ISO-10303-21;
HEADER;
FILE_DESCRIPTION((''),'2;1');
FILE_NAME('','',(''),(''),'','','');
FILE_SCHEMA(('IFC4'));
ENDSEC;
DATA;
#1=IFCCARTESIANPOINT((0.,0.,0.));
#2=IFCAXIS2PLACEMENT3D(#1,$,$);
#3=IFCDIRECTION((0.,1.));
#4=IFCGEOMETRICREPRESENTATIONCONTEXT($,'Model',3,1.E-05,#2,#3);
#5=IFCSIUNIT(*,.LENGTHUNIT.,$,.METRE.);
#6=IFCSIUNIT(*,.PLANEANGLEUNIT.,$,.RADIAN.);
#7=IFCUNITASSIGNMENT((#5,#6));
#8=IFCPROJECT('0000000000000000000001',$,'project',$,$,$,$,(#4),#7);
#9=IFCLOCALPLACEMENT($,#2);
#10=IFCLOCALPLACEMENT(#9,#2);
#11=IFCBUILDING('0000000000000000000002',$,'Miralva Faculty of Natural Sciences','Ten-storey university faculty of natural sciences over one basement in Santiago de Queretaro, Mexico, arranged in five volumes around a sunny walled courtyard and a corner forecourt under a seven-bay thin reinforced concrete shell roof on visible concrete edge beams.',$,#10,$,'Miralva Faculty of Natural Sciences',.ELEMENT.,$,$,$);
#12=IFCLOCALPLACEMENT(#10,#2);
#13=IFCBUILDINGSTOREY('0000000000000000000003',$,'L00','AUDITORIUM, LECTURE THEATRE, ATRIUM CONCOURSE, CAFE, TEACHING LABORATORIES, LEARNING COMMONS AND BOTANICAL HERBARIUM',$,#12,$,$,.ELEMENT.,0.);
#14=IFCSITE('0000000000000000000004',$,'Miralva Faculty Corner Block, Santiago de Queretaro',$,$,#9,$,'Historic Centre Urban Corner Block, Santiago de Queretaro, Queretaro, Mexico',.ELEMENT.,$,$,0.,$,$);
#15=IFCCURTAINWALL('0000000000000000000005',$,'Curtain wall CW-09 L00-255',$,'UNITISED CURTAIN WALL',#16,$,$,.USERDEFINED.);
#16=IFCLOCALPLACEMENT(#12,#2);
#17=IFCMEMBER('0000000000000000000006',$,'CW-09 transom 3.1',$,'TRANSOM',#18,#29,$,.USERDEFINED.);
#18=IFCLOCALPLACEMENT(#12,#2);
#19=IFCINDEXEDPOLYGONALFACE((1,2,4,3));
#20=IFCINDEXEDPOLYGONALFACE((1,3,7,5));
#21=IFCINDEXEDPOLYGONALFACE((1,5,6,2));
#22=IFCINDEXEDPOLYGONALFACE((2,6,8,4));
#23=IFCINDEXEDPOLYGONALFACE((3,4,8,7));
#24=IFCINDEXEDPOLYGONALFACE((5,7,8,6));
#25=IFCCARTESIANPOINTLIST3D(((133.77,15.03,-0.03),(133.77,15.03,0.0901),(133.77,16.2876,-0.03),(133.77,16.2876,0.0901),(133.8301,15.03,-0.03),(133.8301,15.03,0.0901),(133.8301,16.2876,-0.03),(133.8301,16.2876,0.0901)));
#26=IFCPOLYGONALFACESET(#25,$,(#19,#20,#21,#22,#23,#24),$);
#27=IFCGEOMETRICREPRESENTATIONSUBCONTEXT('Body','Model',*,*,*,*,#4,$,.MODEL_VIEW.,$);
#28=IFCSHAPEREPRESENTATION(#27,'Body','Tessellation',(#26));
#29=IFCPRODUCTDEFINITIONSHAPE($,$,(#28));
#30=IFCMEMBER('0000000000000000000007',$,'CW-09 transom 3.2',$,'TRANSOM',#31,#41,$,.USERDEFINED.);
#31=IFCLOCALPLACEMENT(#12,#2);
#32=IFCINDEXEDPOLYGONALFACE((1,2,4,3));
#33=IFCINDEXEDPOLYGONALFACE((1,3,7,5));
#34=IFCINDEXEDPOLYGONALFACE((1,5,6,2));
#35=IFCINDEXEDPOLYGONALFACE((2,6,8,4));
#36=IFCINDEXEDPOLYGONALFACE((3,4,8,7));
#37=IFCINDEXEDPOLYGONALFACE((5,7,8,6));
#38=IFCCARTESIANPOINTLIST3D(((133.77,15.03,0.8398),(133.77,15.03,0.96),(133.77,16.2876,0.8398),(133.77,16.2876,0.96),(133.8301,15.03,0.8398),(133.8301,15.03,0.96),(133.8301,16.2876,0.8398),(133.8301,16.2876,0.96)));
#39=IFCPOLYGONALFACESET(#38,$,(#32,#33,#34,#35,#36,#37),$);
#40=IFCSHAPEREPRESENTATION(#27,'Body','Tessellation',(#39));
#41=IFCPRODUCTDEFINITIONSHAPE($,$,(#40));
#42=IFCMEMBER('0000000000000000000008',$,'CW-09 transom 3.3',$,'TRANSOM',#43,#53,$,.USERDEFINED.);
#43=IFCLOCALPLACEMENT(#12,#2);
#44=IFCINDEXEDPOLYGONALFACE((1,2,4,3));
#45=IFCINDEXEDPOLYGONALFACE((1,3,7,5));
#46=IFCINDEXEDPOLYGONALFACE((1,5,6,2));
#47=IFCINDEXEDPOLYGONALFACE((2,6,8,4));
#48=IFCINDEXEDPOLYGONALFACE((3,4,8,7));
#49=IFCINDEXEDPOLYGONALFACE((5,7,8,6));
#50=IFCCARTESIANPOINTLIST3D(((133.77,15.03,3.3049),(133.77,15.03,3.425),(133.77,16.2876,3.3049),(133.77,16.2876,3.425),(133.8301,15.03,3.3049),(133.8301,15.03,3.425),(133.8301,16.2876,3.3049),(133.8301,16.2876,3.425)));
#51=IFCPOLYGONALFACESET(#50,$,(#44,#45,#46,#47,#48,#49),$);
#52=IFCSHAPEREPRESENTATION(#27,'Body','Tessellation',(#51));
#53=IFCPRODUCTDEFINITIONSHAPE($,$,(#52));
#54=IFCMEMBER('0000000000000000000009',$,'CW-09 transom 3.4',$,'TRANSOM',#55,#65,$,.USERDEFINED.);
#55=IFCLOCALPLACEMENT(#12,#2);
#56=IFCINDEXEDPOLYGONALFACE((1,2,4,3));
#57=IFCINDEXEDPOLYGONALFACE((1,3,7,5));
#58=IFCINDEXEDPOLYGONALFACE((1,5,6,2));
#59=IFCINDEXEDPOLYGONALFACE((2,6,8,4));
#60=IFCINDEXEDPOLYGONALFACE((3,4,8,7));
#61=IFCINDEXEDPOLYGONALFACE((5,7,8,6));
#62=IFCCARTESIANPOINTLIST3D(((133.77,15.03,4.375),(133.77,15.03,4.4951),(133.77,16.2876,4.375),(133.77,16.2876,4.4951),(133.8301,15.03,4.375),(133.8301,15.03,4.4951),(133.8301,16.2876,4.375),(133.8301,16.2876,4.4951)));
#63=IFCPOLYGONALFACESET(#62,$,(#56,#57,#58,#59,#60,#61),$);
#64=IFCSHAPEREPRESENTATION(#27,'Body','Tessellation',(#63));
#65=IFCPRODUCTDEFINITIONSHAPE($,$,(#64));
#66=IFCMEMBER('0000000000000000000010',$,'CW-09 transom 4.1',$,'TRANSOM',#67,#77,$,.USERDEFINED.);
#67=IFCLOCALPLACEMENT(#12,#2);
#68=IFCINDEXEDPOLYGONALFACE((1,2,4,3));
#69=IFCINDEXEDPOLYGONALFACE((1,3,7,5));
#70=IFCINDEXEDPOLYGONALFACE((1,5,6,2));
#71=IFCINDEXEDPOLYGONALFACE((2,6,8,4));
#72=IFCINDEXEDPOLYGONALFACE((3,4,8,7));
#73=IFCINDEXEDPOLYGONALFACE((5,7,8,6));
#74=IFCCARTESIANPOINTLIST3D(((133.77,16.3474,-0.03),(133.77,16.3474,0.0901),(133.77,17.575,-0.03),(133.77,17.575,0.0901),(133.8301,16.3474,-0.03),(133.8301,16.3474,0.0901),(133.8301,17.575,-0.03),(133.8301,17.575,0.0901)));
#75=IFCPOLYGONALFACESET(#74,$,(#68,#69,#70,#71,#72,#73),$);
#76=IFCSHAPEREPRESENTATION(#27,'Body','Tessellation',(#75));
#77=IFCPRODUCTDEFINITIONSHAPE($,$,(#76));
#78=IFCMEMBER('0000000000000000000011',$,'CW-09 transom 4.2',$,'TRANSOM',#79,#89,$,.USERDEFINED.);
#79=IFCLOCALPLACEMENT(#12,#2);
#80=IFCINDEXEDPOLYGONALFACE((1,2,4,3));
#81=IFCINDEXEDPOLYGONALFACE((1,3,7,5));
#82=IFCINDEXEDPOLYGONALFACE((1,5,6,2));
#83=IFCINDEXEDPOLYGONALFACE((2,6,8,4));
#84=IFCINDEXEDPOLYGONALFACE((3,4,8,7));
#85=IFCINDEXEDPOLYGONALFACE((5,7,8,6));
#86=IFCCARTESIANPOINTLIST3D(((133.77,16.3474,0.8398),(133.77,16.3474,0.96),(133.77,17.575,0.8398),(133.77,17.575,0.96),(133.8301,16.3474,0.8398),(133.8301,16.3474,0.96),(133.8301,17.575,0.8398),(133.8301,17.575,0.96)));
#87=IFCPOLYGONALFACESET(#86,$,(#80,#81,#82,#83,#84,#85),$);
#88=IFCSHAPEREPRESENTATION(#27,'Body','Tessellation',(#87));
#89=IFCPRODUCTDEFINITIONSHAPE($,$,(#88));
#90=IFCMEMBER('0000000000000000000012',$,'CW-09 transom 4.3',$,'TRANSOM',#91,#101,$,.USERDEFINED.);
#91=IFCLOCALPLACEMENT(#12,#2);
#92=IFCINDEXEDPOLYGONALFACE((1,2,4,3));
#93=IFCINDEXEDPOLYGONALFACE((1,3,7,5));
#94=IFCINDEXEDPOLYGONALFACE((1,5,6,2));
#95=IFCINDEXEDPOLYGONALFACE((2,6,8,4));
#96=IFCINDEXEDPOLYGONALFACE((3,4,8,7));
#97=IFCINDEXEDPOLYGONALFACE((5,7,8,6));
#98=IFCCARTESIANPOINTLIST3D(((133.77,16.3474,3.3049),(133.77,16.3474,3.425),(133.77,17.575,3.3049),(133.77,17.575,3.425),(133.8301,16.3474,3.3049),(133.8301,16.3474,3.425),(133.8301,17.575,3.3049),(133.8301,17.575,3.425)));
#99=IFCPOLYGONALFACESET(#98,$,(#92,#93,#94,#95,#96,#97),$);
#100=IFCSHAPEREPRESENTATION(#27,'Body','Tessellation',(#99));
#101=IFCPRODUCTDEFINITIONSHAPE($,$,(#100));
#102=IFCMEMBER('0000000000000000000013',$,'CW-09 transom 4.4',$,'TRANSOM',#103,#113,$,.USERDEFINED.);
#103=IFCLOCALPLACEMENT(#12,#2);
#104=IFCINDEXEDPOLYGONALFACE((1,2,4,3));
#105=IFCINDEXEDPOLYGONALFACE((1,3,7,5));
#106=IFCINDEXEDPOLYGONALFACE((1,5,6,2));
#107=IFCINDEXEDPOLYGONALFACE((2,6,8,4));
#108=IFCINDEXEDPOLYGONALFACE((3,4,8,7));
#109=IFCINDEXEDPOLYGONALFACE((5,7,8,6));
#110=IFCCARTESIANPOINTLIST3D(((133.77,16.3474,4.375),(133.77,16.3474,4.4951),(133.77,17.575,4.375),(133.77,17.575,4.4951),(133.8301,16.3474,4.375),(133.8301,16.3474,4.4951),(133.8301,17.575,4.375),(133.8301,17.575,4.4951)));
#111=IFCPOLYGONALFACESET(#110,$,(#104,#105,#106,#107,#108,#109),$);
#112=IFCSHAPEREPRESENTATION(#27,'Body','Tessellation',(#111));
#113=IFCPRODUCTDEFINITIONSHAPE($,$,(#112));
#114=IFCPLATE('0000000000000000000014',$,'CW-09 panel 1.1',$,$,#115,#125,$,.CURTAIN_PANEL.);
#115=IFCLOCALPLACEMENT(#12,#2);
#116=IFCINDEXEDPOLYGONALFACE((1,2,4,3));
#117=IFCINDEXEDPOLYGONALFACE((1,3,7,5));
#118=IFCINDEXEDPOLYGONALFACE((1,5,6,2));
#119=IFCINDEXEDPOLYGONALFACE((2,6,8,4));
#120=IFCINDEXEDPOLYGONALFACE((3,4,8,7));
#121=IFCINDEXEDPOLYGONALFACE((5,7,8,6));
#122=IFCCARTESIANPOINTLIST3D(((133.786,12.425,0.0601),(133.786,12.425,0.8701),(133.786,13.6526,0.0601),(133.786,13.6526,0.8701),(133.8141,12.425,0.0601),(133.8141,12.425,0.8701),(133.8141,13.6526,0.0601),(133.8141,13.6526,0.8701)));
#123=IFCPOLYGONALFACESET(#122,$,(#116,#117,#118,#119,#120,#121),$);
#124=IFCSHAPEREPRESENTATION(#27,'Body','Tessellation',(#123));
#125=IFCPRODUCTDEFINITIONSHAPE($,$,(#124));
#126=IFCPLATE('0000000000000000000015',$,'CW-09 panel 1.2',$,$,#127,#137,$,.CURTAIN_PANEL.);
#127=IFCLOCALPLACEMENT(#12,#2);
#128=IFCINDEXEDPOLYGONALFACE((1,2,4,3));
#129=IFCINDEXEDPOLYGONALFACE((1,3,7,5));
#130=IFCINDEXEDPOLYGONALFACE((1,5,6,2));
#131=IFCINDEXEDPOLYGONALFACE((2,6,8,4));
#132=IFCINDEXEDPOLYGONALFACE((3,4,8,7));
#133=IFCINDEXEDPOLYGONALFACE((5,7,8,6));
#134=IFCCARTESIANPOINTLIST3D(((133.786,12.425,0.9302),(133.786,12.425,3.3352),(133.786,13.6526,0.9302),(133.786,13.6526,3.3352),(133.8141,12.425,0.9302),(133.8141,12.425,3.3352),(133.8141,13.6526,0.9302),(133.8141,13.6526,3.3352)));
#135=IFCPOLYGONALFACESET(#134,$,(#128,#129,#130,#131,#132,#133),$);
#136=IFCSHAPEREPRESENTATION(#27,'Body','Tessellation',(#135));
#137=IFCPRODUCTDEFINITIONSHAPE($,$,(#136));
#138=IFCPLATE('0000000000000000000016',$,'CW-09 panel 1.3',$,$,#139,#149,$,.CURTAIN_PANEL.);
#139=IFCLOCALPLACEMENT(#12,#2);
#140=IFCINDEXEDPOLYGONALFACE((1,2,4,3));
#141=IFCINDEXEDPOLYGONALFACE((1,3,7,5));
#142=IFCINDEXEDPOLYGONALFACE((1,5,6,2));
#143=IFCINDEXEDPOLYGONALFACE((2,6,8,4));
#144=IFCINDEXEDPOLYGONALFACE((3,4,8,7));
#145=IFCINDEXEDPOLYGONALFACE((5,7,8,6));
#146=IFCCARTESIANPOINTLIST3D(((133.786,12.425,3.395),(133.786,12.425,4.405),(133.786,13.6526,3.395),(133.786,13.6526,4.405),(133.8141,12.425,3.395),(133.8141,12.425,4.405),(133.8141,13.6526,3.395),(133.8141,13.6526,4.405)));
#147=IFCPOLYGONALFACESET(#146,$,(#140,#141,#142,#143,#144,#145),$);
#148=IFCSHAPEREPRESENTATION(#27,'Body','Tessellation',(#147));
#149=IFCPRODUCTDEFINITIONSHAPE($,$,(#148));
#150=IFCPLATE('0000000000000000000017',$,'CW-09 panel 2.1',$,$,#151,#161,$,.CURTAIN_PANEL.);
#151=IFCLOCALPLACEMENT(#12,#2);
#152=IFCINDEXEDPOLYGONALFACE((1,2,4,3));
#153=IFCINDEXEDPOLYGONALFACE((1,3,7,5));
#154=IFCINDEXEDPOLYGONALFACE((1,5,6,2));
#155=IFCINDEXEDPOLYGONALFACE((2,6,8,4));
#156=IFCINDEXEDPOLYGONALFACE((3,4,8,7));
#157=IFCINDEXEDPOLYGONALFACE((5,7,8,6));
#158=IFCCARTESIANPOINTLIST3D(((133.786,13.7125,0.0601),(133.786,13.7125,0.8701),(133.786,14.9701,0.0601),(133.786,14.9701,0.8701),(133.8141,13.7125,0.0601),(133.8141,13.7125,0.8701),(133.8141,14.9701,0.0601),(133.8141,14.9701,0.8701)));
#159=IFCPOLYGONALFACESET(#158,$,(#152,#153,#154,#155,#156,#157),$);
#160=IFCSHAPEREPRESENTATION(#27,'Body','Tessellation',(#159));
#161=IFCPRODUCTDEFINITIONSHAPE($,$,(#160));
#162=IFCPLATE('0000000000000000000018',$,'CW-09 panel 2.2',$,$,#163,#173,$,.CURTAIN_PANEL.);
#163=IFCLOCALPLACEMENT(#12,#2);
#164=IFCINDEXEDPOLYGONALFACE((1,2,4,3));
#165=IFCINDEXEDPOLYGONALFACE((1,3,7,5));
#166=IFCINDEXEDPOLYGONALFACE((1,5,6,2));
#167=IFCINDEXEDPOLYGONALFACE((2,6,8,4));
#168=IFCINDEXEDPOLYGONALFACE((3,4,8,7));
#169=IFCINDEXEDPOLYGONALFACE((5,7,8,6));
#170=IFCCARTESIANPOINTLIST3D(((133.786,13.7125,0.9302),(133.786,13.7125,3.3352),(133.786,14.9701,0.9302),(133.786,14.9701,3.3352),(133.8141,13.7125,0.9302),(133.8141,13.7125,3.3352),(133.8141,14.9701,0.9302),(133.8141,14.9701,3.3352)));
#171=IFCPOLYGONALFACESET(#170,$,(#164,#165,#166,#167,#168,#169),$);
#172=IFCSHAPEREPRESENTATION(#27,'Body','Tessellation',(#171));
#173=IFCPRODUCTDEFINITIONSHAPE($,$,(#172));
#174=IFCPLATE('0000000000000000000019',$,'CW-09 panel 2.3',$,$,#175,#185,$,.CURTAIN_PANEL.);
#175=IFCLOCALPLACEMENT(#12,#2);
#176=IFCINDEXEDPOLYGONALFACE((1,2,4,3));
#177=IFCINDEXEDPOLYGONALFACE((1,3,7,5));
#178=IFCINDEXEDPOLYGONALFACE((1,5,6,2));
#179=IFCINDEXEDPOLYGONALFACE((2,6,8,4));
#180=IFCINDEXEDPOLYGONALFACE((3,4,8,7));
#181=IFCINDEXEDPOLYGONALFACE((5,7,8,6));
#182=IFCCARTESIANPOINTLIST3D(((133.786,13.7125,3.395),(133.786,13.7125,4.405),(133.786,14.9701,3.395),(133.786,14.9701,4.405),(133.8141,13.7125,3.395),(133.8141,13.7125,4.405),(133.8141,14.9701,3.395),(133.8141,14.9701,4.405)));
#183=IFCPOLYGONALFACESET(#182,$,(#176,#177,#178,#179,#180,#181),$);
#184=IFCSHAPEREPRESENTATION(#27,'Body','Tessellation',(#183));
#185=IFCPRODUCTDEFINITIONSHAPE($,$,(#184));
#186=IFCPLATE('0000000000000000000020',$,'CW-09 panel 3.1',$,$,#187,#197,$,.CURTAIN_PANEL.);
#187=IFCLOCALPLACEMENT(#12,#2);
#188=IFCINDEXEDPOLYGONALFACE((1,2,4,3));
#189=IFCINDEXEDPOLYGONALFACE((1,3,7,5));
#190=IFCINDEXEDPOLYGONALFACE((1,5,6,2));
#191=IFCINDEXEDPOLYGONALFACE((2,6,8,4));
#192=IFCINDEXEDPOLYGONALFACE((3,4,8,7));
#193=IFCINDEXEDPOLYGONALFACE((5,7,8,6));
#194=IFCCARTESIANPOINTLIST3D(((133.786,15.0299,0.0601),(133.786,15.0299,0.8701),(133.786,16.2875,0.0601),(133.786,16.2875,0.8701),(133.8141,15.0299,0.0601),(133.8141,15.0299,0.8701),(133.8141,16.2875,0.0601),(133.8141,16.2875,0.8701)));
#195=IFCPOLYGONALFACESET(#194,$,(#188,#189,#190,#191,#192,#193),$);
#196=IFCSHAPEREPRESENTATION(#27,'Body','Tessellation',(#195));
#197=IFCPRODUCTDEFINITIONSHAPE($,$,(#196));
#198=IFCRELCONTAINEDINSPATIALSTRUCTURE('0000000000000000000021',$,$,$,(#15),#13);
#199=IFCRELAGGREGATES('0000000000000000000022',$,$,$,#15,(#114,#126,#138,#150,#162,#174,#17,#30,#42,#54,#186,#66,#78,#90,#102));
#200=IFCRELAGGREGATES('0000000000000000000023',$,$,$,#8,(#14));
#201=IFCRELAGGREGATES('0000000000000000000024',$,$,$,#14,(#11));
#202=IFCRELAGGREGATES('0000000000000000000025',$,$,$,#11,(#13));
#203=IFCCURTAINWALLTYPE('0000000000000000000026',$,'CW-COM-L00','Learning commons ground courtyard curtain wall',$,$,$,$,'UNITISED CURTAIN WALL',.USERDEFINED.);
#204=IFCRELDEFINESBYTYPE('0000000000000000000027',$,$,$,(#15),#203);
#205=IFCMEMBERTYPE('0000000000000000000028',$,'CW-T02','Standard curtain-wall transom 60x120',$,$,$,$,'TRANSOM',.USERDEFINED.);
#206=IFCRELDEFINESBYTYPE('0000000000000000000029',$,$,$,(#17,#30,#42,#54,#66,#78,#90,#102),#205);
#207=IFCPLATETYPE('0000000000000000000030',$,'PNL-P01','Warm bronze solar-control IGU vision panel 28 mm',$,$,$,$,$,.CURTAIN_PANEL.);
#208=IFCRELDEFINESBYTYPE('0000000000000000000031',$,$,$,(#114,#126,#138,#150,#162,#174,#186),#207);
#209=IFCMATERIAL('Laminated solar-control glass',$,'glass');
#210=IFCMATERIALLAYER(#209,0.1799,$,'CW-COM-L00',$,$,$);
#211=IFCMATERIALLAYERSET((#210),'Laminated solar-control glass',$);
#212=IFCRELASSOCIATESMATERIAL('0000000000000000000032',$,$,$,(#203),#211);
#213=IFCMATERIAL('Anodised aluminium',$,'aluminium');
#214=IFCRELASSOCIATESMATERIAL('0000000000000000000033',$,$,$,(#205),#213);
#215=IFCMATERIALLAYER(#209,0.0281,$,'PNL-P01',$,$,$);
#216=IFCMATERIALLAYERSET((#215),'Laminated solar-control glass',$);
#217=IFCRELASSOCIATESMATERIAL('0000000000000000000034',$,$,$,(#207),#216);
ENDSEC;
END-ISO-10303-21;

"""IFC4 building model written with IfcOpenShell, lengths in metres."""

from ifc_helpers import new_model, si_unit, direction, frame, origin, origin_2d, place, context, subcontext, project, spatial, rectangle, extrude, material, layer, layer_set, material_profile, profile_set, type_object, element, aggregate, save


model = new_model("IFC4")

# Units and contexts
model_context = context("Model", 3, precision=1e-05, world=origin(), true_north=direction((0.0, 1.0)))
body_context = subcontext(model_context, "Body", "Model", "MODEL_VIEW")
ifc_project = project(units=[si_unit("LENGTHUNIT", "METRE"), si_unit("PLANEANGLEUNIT", "RADIAN")], contexts=[model_context])

# Site, building, storey
site_placement = place(None, origin())
site = spatial("IfcSite", under=ifc_project, at=site_placement, Name="Miralva Faculty Corner Block, Santiago de Queretaro", LongName="Historic Centre Urban Corner Block, Santiago de Queretaro, Queretaro, Mexico", CompositionType="ELEMENT", RefElevation=0.0)
building_placement = place(site_placement, origin())
building = spatial("IfcBuilding", under=site, at=building_placement, Name="Miralva Faculty of Natural Sciences", Description="Ten-storey university faculty of natural sciences over one basement in Santiago de Queretaro, Mexico, arranged in five volumes around a sunny walled courtyard and a corner forecourt under a seven-bay thin reinforced concrete shell roof on visible concrete edge beams.", LongName="Miralva Faculty of Natural Sciences", CompositionType="ELEMENT")
storey_placement = place(building_placement, origin())
storey = spatial("IfcBuildingStorey", under=building, at=storey_placement, Name="L00", Description="AUDITORIUM, LECTURE THEATRE, ATRIUM CONCOURSE, CAFE, TEACHING LABORATORIES, LEARNING COMMONS AND BOTANICAL HERBARIUM", CompositionType="ELEMENT", Elevation=0.0)

# Curtain wall, members, plates
ifc_material_1 = material(Name="Laminated solar-control glass", Category="glass")
ifc_layer_1 = layer(ifc_material_1, 0.1799, Name="CW-COM-L00")
ifc_layer_set_1 = layer_set([ifc_layer_1], Name="Laminated solar-control glass")
curtain_wall_type = type_object("IfcCurtainWallType", Name="CW-COM-L00", Description="Learning commons ground courtyard curtain wall", ElementType="UNITISED CURTAIN WALL", PredefinedType="USERDEFINED", material=ifc_layer_set_1)
curtain_wall_placement = place(storey_placement, origin())
curtain_wall = element("IfcCurtainWall", 1, at=curtain_wall_placement, inside=storey, type_object=curtain_wall_type, Name="Curtain wall CW-09 L00-255", ObjectType="UNITISED CURTAIN WALL", PredefinedType="USERDEFINED")
ifc_material_2 = material(Name="Anodised aluminium", Category="aluminium")
ifc_material_profile_1 = material_profile(ifc_material_2, rectangle(XDim=0.0601, YDim=0.1201, at=origin_2d()), Name="TRANSOM 60x120")
ifc_profile_set_1 = profile_set([ifc_material_profile_1], Name="Anodised aluminium")
member_type_1 = type_object("IfcMemberType", Name="CW-T02", Description="Standard curtain-wall transom 60x120", ElementType="TRANSOM", PredefinedType="USERDEFINED", material=ifc_profile_set_1)
member_1_placement = place(storey_placement, frame((133.8, 15.03, 0.03), z_axis=(0.0, 1.0, 0.0), x_axis=(-1.0, 0.0, 0.0)))
member_1 = element("IfcMember", 2, at=member_1_placement, type_object=member_type_1, Name="CW-09 transom 3.1", ObjectType="TRANSOM", PredefinedType="USERDEFINED", context=body_context, shape_type="SweptSolid", body=[
    extrude(rectangle(XDim=0.0601, YDim=0.1201, at=origin_2d()), origin(), (0.0, 0.0, 1.0), 1.2576),
])
member_2_placement = place(storey_placement, frame((133.8, 15.03, 0.8999), z_axis=(0.0, 1.0, 0.0), x_axis=(-1.0, 0.0, 0.0)))
member_2 = element("IfcMember", 3, at=member_2_placement, type_object=member_type_1, Name="CW-09 transom 3.2", ObjectType="TRANSOM", PredefinedType="USERDEFINED", context=body_context, shape_type="SweptSolid", body=[
    extrude(rectangle(XDim=0.0601, YDim=0.1201, at=origin_2d()), origin(), (0.0, 0.0, 1.0), 1.2576),
])
member_3_placement = place(storey_placement, frame((133.8, 15.03, 3.365), z_axis=(0.0, 1.0, 0.0), x_axis=(-1.0, 0.0, 0.0)))
member_3 = element("IfcMember", 4, at=member_3_placement, type_object=member_type_1, Name="CW-09 transom 3.3", ObjectType="TRANSOM", PredefinedType="USERDEFINED", context=body_context, shape_type="SweptSolid", body=[
    extrude(rectangle(XDim=0.0601, YDim=0.1201, at=origin_2d()), origin(), (0.0, 0.0, 1.0), 1.2576),
])
member_4_placement = place(storey_placement, frame((133.8, 15.03, 4.4351), z_axis=(0.0, 1.0, 0.0), x_axis=(-1.0, 0.0, 0.0)))
member_4 = element("IfcMember", 5, at=member_4_placement, type_object=member_type_1, Name="CW-09 transom 3.4", ObjectType="TRANSOM", PredefinedType="USERDEFINED", context=body_context, shape_type="SweptSolid", body=[
    extrude(rectangle(XDim=0.0601, YDim=0.1201, at=origin_2d()), origin(), (0.0, 0.0, 1.0), 1.2576),
])
member_5_placement = place(storey_placement, frame((133.8, 16.3474, 0.03), z_axis=(0.0, 1.0, 0.0), x_axis=(-1.0, 0.0, 0.0)))
member_5 = element("IfcMember", 6, at=member_5_placement, type_object=member_type_1, Name="CW-09 transom 4.1", ObjectType="TRANSOM", PredefinedType="USERDEFINED", context=body_context, shape_type="SweptSolid", body=[
    extrude(rectangle(XDim=0.0601, YDim=0.1201, at=origin_2d()), origin(), (0.0, 0.0, 1.0), 1.2275),
])
member_6_placement = place(storey_placement, frame((133.8, 16.3474, 0.8999), z_axis=(0.0, 1.0, 0.0), x_axis=(-1.0, 0.0, 0.0)))
member_6 = element("IfcMember", 7, at=member_6_placement, type_object=member_type_1, Name="CW-09 transom 4.2", ObjectType="TRANSOM", PredefinedType="USERDEFINED", context=body_context, shape_type="SweptSolid", body=[
    extrude(rectangle(XDim=0.0601, YDim=0.1201, at=origin_2d()), origin(), (0.0, 0.0, 1.0), 1.2275),
])
member_7_placement = place(storey_placement, frame((133.8, 16.3474, 3.365), z_axis=(0.0, 1.0, 0.0), x_axis=(-1.0, 0.0, 0.0)))
member_7 = element("IfcMember", 8, at=member_7_placement, type_object=member_type_1, Name="CW-09 transom 4.3", ObjectType="TRANSOM", PredefinedType="USERDEFINED", context=body_context, shape_type="SweptSolid", body=[
    extrude(rectangle(XDim=0.0601, YDim=0.1201, at=origin_2d()), origin(), (0.0, 0.0, 1.0), 1.2275),
])
member_8_placement = place(storey_placement, frame((133.8, 16.3474, 4.4351), z_axis=(0.0, 1.0, 0.0), x_axis=(-1.0, 0.0, 0.0)))
member_8 = element("IfcMember", 9, at=member_8_placement, type_object=member_type_1, Name="CW-09 transom 4.4", ObjectType="TRANSOM", PredefinedType="USERDEFINED", context=body_context, shape_type="SweptSolid", body=[
    extrude(rectangle(XDim=0.0601, YDim=0.1201, at=origin_2d()), origin(), (0.0, 0.0, 1.0), 1.2275),
])
ifc_layer_2 = layer(ifc_material_1, 0.0281, Name="PNL-P01")
ifc_layer_set_2 = layer_set([ifc_layer_2], Name="Laminated solar-control glass")
plate_type = type_object("IfcPlateType", Name="PNL-P01", Description="Warm bronze solar-control IGU vision panel 28 mm", PredefinedType="CURTAIN_PANEL", material=ifc_layer_set_2)
plate_1_placement = place(storey_placement, frame((133.8, 13.0388, 0.0601), z_axis=(0.0, 0.0, 1.0), x_axis=(0.0, 1.0, 0.0)))
plate_1 = element("IfcPlate", 10, at=plate_1_placement, type_object=plate_type, Name="CW-09 panel 1.1", PredefinedType="CURTAIN_PANEL", context=body_context, shape_type="SweptSolid", body=[
    extrude(rectangle(XDim=1.2275, YDim=0.0281, at=origin_2d()), origin(), (0.0, 0.0, 1.0), 0.8101),
])
plate_2_placement = place(storey_placement, frame((133.8, 13.0388, 0.9302), z_axis=(0.0, 0.0, 1.0), x_axis=(0.0, 1.0, 0.0)))
plate_2 = element("IfcPlate", 11, at=plate_2_placement, type_object=plate_type, Name="CW-09 panel 1.2", PredefinedType="CURTAIN_PANEL", context=body_context, shape_type="SweptSolid", body=[
    extrude(rectangle(XDim=1.2275, YDim=0.0281, at=origin_2d()), origin(), (0.0, 0.0, 1.0), 2.405),
])
plate_3_placement = place(storey_placement, frame((133.8, 13.0388, 3.395), z_axis=(0.0, 0.0, 1.0), x_axis=(0.0, 1.0, 0.0)))
plate_3 = element("IfcPlate", 12, at=plate_3_placement, type_object=plate_type, Name="CW-09 panel 1.3", PredefinedType="CURTAIN_PANEL", context=body_context, shape_type="SweptSolid", body=[
    extrude(rectangle(XDim=1.2275, YDim=0.0281, at=origin_2d()), origin(), (0.0, 0.0, 1.0), 1.01),
])
plate_4_placement = place(storey_placement, frame((133.8, 14.3413, 0.0601), z_axis=(0.0, 0.0, 1.0), x_axis=(0.0, 1.0, 0.0)))
plate_4 = element("IfcPlate", 13, at=plate_4_placement, type_object=plate_type, Name="CW-09 panel 2.1", PredefinedType="CURTAIN_PANEL", context=body_context, shape_type="SweptSolid", body=[
    extrude(rectangle(XDim=1.2576, YDim=0.0281, at=origin_2d()), origin(), (0.0, 0.0, 1.0), 0.8101),
])
plate_5_placement = place(storey_placement, frame((133.8, 14.3413, 0.9302), z_axis=(0.0, 0.0, 1.0), x_axis=(0.0, 1.0, 0.0)))
plate_5 = element("IfcPlate", 14, at=plate_5_placement, type_object=plate_type, Name="CW-09 panel 2.2", PredefinedType="CURTAIN_PANEL", context=body_context, shape_type="SweptSolid", body=[
    extrude(rectangle(XDim=1.2576, YDim=0.0281, at=origin_2d()), origin(), (0.0, 0.0, 1.0), 2.405),
])
plate_6_placement = place(storey_placement, frame((133.8, 14.3413, 3.395), z_axis=(0.0, 0.0, 1.0), x_axis=(0.0, 1.0, 0.0)))
plate_6 = element("IfcPlate", 15, at=plate_6_placement, type_object=plate_type, Name="CW-09 panel 2.3", PredefinedType="CURTAIN_PANEL", context=body_context, shape_type="SweptSolid", body=[
    extrude(rectangle(XDim=1.2576, YDim=0.0281, at=origin_2d()), origin(), (0.0, 0.0, 1.0), 1.01),
])
plate_7_placement = place(storey_placement, frame((133.8, 15.6587, 0.0601), z_axis=(0.0, 0.0, 1.0), x_axis=(0.0, 1.0, 0.0)))
plate_7 = element("IfcPlate", 16, at=plate_7_placement, type_object=plate_type, Name="CW-09 panel 3.1", PredefinedType="CURTAIN_PANEL", context=body_context, shape_type="SweptSolid", body=[
    extrude(rectangle(XDim=1.2576, YDim=0.0281, at=origin_2d()), origin(), (0.0, 0.0, 1.0), 0.8101),
])
aggregate(curtain_wall, [plate_1, plate_2, plate_3, plate_4, plate_5, plate_6, member_1, member_2, member_3, member_4, plate_7, member_5, member_6, member_7, member_8])

save(model, "model.ifc")
